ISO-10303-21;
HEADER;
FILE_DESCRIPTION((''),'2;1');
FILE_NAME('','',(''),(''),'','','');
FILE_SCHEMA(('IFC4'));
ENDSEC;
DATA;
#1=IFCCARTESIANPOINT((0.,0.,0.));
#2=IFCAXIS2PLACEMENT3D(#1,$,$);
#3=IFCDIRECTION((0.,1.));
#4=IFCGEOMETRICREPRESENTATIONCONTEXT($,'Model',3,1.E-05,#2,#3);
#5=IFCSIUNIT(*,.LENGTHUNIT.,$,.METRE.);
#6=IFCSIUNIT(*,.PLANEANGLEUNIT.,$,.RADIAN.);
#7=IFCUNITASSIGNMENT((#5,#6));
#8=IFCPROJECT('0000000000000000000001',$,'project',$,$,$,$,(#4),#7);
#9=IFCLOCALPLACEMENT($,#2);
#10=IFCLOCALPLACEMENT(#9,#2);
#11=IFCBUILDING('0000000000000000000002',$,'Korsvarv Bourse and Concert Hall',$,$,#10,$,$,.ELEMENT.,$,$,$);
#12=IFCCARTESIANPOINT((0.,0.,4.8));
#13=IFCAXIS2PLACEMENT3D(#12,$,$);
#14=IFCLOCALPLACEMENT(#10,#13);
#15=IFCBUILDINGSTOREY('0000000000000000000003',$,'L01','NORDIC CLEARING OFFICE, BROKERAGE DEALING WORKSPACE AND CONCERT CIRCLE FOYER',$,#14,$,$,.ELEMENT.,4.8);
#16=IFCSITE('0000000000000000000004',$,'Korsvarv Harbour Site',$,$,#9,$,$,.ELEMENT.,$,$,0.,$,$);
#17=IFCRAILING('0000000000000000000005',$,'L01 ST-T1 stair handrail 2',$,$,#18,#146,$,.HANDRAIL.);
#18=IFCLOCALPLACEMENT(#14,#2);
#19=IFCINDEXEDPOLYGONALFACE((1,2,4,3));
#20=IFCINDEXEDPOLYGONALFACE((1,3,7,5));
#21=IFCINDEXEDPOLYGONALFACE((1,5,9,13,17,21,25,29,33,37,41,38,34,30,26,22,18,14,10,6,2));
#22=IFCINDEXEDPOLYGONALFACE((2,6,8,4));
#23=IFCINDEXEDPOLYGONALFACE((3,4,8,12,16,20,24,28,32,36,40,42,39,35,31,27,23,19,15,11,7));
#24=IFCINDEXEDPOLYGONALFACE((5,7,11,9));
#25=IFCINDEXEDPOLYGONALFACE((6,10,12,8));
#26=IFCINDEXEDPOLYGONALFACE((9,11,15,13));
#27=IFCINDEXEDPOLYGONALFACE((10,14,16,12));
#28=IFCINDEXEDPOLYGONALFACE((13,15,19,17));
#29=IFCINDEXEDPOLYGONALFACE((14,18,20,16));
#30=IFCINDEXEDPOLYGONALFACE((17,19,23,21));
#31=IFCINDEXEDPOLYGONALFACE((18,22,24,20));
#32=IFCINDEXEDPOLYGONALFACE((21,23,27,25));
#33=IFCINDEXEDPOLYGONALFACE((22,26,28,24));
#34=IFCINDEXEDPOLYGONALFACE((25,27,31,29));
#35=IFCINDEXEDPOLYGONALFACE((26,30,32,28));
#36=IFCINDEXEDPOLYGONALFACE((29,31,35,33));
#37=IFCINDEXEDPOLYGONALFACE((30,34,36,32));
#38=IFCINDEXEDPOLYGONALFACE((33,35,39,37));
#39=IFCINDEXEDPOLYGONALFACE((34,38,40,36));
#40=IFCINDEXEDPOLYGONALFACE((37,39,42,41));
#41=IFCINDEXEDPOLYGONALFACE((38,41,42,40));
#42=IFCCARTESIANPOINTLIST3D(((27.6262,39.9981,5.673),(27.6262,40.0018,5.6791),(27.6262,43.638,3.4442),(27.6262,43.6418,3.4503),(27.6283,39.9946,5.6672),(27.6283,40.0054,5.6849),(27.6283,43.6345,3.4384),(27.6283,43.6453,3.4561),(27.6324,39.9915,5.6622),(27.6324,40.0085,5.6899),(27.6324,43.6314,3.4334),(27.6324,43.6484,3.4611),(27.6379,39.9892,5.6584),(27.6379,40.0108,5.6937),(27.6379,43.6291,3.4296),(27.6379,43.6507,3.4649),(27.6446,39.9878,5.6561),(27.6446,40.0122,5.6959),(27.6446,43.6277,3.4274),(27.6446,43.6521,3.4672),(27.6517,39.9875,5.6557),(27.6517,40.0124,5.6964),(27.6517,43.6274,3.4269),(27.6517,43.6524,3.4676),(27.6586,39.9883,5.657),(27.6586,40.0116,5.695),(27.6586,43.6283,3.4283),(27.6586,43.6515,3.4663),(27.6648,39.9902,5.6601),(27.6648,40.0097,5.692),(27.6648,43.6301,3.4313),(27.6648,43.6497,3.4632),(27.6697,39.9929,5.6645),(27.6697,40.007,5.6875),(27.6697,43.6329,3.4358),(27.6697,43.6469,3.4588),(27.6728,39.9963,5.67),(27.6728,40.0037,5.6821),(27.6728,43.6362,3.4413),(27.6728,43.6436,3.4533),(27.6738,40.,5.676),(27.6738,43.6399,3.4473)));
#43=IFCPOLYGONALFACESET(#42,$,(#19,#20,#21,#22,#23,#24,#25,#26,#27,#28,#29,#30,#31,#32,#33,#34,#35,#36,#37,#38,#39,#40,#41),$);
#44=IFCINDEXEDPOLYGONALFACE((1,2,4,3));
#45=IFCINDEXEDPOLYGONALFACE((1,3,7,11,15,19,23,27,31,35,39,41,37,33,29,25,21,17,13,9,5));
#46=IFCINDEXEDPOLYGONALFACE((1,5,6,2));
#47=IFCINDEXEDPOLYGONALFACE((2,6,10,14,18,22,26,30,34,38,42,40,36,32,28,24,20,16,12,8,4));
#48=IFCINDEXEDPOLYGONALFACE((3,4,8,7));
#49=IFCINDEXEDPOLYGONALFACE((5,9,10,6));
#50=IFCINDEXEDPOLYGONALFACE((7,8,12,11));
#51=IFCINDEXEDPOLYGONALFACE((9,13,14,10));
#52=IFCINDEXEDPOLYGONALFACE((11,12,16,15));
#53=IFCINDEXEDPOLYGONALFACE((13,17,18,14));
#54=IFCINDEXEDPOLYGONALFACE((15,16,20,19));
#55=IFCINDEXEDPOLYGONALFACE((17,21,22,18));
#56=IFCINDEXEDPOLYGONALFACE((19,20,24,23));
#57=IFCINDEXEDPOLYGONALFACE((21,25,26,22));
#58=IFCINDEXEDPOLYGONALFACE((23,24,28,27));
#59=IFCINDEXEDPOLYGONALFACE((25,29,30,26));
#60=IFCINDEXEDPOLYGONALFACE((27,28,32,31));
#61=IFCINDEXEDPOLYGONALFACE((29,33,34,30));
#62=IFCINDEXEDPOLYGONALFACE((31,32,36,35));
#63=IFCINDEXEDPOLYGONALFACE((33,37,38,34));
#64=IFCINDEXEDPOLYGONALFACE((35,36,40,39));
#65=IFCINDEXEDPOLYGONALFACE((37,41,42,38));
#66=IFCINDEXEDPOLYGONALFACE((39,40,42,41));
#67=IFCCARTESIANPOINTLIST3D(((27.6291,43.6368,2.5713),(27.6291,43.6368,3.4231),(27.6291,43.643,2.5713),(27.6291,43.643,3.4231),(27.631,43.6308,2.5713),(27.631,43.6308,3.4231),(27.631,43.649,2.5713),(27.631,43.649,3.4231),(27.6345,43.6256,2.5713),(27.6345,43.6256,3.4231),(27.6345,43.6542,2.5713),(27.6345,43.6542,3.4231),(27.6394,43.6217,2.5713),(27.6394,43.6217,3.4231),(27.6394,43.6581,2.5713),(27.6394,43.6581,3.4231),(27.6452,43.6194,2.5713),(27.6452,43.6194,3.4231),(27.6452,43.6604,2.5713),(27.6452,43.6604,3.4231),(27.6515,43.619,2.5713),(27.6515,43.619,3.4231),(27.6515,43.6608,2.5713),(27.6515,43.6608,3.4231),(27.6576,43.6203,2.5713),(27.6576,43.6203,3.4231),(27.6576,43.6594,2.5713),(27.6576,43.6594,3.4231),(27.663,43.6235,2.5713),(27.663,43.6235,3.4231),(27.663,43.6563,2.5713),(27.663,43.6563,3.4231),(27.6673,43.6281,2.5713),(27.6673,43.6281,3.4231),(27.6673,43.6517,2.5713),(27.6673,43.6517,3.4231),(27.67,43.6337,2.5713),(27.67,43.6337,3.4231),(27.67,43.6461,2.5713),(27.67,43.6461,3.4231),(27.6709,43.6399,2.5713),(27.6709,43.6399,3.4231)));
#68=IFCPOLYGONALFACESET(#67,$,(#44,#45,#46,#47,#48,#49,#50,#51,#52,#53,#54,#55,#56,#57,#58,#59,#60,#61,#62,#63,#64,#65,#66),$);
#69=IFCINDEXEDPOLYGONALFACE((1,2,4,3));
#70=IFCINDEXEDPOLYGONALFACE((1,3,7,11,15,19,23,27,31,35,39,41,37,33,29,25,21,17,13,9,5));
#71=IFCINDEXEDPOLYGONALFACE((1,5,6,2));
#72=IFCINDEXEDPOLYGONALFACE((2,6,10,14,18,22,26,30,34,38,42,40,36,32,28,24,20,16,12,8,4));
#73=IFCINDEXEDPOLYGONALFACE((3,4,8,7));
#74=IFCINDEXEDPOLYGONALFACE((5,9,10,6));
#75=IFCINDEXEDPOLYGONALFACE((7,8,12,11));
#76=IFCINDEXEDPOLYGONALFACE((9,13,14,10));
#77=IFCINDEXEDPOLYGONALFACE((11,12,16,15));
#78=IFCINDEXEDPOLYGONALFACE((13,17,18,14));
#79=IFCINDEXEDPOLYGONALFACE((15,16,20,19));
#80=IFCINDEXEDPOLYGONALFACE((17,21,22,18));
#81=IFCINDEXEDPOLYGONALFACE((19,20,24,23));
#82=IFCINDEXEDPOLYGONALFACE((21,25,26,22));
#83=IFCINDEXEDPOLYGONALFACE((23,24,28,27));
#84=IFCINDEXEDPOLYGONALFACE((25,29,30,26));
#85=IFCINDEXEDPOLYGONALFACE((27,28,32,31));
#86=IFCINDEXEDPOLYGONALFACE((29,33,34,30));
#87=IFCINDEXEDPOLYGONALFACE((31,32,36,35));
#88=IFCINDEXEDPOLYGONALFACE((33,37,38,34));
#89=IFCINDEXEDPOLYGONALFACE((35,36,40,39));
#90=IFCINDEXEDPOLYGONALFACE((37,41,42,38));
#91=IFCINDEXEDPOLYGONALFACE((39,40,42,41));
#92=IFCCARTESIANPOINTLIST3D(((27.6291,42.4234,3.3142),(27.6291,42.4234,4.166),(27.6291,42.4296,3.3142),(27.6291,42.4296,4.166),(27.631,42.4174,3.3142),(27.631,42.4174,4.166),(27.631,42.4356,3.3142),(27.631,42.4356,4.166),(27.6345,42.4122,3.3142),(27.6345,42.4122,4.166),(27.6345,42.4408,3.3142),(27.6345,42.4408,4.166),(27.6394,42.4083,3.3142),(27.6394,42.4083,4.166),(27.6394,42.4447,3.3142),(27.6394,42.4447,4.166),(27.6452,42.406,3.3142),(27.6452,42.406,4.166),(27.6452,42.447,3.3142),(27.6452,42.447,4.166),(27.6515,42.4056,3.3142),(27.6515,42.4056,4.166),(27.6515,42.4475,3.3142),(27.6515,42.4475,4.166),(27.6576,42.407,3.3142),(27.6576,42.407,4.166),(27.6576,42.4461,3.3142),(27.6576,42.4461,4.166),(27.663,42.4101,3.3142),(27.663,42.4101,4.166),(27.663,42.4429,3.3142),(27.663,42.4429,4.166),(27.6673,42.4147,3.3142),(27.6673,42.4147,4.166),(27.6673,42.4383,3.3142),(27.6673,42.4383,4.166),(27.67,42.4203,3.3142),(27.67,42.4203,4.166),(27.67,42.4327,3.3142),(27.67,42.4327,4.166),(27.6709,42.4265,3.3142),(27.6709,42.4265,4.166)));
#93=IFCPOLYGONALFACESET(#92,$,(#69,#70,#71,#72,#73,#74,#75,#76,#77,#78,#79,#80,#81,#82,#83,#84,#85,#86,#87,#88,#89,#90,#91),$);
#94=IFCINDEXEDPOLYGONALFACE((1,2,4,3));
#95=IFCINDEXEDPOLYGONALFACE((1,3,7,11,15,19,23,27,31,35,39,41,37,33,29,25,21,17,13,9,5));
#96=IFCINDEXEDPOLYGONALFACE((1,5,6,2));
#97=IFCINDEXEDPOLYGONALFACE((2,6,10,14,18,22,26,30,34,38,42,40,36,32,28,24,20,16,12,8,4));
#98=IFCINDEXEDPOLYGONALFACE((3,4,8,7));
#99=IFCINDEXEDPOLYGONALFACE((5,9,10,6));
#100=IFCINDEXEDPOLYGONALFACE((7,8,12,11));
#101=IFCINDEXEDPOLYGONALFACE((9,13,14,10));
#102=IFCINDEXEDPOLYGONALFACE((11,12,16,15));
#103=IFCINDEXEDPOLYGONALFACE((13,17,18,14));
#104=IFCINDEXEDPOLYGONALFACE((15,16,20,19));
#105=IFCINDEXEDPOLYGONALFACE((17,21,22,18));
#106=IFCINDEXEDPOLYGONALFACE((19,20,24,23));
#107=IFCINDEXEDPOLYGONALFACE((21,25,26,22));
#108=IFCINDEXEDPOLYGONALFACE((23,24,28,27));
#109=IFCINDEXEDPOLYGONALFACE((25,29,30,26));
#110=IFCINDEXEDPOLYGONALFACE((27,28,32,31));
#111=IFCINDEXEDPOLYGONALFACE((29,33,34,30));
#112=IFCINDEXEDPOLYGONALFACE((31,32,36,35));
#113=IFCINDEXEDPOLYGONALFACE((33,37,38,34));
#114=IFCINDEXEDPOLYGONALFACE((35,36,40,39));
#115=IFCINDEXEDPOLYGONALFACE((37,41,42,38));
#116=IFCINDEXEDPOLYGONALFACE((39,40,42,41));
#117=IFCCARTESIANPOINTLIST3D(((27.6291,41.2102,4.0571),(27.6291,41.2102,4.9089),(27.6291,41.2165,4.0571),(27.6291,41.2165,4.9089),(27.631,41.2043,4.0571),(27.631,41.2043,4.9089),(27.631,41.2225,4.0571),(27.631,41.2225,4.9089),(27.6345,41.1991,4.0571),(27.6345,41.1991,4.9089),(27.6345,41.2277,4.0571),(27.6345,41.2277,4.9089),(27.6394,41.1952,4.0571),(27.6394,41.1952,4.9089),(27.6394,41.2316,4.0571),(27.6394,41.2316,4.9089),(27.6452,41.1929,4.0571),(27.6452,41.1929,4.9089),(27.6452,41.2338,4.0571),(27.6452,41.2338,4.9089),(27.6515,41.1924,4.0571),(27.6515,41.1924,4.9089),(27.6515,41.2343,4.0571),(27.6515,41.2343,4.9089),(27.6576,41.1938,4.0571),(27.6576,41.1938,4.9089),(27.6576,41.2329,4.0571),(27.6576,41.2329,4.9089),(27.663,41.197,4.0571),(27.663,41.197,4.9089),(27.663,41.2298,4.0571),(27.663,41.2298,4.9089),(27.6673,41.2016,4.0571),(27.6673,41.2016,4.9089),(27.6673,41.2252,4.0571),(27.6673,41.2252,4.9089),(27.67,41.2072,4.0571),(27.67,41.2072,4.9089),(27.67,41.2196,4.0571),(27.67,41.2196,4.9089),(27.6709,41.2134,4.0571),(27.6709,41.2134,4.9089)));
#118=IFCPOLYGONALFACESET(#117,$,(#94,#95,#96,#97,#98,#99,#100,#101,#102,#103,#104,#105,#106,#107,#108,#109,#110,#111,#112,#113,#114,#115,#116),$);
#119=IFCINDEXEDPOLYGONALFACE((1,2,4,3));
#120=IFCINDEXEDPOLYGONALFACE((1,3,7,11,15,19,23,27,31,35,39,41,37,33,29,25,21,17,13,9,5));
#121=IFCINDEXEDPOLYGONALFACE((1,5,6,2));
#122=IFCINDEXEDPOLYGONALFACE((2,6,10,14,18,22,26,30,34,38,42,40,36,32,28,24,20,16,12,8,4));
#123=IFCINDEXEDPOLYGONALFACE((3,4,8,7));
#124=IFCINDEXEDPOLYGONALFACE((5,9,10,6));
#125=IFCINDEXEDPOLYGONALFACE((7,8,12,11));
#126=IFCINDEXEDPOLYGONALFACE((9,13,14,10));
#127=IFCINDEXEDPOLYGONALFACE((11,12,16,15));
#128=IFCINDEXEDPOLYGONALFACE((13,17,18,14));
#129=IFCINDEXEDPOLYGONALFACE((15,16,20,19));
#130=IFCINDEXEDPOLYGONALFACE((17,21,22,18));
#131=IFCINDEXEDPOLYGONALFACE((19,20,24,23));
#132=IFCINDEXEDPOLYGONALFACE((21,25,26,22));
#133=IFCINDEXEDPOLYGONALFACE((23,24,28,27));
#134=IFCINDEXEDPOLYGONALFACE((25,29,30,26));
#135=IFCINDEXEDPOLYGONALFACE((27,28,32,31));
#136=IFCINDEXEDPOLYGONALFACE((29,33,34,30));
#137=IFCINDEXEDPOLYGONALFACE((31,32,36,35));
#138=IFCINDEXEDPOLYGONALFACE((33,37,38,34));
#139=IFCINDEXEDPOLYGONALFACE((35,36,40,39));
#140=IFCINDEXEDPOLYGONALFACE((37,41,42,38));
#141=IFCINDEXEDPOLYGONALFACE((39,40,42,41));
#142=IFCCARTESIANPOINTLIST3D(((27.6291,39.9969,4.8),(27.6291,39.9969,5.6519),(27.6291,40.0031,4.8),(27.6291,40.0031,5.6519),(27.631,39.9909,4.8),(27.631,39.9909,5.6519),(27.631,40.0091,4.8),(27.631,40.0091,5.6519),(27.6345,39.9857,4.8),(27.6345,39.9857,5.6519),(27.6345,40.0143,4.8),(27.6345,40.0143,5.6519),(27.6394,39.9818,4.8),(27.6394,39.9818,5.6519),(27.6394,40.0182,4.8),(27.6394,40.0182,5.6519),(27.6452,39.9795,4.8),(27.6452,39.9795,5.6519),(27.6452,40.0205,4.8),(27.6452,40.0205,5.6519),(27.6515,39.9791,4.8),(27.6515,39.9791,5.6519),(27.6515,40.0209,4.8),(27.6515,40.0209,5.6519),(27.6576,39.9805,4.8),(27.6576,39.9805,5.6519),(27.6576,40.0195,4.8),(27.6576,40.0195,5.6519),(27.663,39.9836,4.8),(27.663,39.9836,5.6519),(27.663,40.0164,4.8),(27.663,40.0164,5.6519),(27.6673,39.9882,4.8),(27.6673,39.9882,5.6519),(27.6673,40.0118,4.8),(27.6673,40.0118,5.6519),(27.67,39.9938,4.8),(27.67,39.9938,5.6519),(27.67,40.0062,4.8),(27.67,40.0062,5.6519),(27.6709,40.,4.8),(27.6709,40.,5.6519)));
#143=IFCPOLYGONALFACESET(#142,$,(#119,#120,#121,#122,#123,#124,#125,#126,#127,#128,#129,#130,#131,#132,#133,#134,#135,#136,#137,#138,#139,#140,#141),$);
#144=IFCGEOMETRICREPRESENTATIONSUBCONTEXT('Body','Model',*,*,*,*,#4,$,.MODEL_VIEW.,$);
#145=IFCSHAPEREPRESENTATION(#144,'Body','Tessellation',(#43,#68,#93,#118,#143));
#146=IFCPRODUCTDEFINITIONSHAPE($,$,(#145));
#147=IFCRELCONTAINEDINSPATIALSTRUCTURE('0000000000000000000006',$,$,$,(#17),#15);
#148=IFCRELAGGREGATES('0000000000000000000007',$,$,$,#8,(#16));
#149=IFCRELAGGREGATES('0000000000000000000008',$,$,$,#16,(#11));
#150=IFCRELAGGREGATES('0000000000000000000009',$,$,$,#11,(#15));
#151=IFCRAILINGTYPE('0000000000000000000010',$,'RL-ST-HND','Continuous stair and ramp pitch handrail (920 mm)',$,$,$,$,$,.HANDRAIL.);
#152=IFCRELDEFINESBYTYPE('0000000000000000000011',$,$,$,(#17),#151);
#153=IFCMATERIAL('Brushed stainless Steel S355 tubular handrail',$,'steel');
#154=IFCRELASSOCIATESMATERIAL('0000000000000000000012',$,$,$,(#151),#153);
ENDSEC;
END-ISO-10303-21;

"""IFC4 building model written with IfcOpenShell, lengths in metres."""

from ifc_helpers import new_model, si_unit, direction, frame, origin, origin_2d, place, context, subcontext, project, spatial, circle, extrude, material, type_object, element, save


model = new_model("IFC4")

# Units and contexts
model_context = context("Model", 3, precision=1e-05, world=origin(), true_north=direction((0.0, 1.0)))
body_context = subcontext(model_context, "Body", "Model", "MODEL_VIEW")
ifc_project = project(units=[si_unit("LENGTHUNIT", "METRE"), si_unit("PLANEANGLEUNIT", "RADIAN")], contexts=[model_context])

# Site, building, storey
site_placement = place(None, origin())
site = spatial("IfcSite", under=ifc_project, at=site_placement, Name="Korsvarv Harbour Site", CompositionType="ELEMENT", RefElevation=0.0)
building_placement = place(site_placement, origin())
building = spatial("IfcBuilding", under=site, at=building_placement, Name="Korsvarv Bourse and Concert Hall", CompositionType="ELEMENT")
storey_placement = place(building_placement, frame((0.0, 0.0, 4.8)))
storey = spatial("IfcBuildingStorey", under=building, at=storey_placement, Name="L01", Description="NORDIC CLEARING OFFICE, BROKERAGE DEALING WORKSPACE AND CONCERT CIRCLE FOYER", CompositionType="ELEMENT", Elevation=4.8)

# Railing
ifc_material_1 = material(Name="Brushed stainless Steel S355 tubular handrail", Category="steel")
railing_type_1 = type_object("IfcRailingType", Name="RL-ST-HND", Description="Continuous stair and ramp pitch handrail (920 mm)", PredefinedType="HANDRAIL", material=ifc_material_1)
railing_1_placement = place(storey_placement, frame((27.6499, 43.6399, 2.5713)))
element("IfcRailing", 1, at=railing_1_placement, inside=storey, type_object=railing_type_1, Name="L01 ST-T1 stair handrail 2", PredefinedType="HANDRAIL", context=body_context, shape_type="SweptSolid", body=[
    extrude(circle(Radius=0.0239, at=origin_2d()), frame((0.0, 0.0, 0.876), z_axis=(0.0, -0.852825, 0.522197), x_axis=(1.0, 0.0, 0.0)), (0.0, 0.0, 1.0), 4.2681),
    extrude(circle(Radius=0.021, at=origin_2d()), origin(), (0.0, 0.0, 1.0), 0.8518),
    extrude(circle(Radius=0.021, at=origin_2d()), frame((0.0, -1.2134, 0.7429)), (0.0, 0.0, 1.0), 0.8518),
    extrude(circle(Radius=0.021, at=origin_2d()), frame((0.0, -2.4265, 1.4858)), (0.0, 0.0, 1.0), 0.8518),
    extrude(circle(Radius=0.021, at=origin_2d()), frame((0.0, -3.6399, 2.2288)), (0.0, 0.0, 1.0), 0.8518),
])

save(model, "model.ifc")
